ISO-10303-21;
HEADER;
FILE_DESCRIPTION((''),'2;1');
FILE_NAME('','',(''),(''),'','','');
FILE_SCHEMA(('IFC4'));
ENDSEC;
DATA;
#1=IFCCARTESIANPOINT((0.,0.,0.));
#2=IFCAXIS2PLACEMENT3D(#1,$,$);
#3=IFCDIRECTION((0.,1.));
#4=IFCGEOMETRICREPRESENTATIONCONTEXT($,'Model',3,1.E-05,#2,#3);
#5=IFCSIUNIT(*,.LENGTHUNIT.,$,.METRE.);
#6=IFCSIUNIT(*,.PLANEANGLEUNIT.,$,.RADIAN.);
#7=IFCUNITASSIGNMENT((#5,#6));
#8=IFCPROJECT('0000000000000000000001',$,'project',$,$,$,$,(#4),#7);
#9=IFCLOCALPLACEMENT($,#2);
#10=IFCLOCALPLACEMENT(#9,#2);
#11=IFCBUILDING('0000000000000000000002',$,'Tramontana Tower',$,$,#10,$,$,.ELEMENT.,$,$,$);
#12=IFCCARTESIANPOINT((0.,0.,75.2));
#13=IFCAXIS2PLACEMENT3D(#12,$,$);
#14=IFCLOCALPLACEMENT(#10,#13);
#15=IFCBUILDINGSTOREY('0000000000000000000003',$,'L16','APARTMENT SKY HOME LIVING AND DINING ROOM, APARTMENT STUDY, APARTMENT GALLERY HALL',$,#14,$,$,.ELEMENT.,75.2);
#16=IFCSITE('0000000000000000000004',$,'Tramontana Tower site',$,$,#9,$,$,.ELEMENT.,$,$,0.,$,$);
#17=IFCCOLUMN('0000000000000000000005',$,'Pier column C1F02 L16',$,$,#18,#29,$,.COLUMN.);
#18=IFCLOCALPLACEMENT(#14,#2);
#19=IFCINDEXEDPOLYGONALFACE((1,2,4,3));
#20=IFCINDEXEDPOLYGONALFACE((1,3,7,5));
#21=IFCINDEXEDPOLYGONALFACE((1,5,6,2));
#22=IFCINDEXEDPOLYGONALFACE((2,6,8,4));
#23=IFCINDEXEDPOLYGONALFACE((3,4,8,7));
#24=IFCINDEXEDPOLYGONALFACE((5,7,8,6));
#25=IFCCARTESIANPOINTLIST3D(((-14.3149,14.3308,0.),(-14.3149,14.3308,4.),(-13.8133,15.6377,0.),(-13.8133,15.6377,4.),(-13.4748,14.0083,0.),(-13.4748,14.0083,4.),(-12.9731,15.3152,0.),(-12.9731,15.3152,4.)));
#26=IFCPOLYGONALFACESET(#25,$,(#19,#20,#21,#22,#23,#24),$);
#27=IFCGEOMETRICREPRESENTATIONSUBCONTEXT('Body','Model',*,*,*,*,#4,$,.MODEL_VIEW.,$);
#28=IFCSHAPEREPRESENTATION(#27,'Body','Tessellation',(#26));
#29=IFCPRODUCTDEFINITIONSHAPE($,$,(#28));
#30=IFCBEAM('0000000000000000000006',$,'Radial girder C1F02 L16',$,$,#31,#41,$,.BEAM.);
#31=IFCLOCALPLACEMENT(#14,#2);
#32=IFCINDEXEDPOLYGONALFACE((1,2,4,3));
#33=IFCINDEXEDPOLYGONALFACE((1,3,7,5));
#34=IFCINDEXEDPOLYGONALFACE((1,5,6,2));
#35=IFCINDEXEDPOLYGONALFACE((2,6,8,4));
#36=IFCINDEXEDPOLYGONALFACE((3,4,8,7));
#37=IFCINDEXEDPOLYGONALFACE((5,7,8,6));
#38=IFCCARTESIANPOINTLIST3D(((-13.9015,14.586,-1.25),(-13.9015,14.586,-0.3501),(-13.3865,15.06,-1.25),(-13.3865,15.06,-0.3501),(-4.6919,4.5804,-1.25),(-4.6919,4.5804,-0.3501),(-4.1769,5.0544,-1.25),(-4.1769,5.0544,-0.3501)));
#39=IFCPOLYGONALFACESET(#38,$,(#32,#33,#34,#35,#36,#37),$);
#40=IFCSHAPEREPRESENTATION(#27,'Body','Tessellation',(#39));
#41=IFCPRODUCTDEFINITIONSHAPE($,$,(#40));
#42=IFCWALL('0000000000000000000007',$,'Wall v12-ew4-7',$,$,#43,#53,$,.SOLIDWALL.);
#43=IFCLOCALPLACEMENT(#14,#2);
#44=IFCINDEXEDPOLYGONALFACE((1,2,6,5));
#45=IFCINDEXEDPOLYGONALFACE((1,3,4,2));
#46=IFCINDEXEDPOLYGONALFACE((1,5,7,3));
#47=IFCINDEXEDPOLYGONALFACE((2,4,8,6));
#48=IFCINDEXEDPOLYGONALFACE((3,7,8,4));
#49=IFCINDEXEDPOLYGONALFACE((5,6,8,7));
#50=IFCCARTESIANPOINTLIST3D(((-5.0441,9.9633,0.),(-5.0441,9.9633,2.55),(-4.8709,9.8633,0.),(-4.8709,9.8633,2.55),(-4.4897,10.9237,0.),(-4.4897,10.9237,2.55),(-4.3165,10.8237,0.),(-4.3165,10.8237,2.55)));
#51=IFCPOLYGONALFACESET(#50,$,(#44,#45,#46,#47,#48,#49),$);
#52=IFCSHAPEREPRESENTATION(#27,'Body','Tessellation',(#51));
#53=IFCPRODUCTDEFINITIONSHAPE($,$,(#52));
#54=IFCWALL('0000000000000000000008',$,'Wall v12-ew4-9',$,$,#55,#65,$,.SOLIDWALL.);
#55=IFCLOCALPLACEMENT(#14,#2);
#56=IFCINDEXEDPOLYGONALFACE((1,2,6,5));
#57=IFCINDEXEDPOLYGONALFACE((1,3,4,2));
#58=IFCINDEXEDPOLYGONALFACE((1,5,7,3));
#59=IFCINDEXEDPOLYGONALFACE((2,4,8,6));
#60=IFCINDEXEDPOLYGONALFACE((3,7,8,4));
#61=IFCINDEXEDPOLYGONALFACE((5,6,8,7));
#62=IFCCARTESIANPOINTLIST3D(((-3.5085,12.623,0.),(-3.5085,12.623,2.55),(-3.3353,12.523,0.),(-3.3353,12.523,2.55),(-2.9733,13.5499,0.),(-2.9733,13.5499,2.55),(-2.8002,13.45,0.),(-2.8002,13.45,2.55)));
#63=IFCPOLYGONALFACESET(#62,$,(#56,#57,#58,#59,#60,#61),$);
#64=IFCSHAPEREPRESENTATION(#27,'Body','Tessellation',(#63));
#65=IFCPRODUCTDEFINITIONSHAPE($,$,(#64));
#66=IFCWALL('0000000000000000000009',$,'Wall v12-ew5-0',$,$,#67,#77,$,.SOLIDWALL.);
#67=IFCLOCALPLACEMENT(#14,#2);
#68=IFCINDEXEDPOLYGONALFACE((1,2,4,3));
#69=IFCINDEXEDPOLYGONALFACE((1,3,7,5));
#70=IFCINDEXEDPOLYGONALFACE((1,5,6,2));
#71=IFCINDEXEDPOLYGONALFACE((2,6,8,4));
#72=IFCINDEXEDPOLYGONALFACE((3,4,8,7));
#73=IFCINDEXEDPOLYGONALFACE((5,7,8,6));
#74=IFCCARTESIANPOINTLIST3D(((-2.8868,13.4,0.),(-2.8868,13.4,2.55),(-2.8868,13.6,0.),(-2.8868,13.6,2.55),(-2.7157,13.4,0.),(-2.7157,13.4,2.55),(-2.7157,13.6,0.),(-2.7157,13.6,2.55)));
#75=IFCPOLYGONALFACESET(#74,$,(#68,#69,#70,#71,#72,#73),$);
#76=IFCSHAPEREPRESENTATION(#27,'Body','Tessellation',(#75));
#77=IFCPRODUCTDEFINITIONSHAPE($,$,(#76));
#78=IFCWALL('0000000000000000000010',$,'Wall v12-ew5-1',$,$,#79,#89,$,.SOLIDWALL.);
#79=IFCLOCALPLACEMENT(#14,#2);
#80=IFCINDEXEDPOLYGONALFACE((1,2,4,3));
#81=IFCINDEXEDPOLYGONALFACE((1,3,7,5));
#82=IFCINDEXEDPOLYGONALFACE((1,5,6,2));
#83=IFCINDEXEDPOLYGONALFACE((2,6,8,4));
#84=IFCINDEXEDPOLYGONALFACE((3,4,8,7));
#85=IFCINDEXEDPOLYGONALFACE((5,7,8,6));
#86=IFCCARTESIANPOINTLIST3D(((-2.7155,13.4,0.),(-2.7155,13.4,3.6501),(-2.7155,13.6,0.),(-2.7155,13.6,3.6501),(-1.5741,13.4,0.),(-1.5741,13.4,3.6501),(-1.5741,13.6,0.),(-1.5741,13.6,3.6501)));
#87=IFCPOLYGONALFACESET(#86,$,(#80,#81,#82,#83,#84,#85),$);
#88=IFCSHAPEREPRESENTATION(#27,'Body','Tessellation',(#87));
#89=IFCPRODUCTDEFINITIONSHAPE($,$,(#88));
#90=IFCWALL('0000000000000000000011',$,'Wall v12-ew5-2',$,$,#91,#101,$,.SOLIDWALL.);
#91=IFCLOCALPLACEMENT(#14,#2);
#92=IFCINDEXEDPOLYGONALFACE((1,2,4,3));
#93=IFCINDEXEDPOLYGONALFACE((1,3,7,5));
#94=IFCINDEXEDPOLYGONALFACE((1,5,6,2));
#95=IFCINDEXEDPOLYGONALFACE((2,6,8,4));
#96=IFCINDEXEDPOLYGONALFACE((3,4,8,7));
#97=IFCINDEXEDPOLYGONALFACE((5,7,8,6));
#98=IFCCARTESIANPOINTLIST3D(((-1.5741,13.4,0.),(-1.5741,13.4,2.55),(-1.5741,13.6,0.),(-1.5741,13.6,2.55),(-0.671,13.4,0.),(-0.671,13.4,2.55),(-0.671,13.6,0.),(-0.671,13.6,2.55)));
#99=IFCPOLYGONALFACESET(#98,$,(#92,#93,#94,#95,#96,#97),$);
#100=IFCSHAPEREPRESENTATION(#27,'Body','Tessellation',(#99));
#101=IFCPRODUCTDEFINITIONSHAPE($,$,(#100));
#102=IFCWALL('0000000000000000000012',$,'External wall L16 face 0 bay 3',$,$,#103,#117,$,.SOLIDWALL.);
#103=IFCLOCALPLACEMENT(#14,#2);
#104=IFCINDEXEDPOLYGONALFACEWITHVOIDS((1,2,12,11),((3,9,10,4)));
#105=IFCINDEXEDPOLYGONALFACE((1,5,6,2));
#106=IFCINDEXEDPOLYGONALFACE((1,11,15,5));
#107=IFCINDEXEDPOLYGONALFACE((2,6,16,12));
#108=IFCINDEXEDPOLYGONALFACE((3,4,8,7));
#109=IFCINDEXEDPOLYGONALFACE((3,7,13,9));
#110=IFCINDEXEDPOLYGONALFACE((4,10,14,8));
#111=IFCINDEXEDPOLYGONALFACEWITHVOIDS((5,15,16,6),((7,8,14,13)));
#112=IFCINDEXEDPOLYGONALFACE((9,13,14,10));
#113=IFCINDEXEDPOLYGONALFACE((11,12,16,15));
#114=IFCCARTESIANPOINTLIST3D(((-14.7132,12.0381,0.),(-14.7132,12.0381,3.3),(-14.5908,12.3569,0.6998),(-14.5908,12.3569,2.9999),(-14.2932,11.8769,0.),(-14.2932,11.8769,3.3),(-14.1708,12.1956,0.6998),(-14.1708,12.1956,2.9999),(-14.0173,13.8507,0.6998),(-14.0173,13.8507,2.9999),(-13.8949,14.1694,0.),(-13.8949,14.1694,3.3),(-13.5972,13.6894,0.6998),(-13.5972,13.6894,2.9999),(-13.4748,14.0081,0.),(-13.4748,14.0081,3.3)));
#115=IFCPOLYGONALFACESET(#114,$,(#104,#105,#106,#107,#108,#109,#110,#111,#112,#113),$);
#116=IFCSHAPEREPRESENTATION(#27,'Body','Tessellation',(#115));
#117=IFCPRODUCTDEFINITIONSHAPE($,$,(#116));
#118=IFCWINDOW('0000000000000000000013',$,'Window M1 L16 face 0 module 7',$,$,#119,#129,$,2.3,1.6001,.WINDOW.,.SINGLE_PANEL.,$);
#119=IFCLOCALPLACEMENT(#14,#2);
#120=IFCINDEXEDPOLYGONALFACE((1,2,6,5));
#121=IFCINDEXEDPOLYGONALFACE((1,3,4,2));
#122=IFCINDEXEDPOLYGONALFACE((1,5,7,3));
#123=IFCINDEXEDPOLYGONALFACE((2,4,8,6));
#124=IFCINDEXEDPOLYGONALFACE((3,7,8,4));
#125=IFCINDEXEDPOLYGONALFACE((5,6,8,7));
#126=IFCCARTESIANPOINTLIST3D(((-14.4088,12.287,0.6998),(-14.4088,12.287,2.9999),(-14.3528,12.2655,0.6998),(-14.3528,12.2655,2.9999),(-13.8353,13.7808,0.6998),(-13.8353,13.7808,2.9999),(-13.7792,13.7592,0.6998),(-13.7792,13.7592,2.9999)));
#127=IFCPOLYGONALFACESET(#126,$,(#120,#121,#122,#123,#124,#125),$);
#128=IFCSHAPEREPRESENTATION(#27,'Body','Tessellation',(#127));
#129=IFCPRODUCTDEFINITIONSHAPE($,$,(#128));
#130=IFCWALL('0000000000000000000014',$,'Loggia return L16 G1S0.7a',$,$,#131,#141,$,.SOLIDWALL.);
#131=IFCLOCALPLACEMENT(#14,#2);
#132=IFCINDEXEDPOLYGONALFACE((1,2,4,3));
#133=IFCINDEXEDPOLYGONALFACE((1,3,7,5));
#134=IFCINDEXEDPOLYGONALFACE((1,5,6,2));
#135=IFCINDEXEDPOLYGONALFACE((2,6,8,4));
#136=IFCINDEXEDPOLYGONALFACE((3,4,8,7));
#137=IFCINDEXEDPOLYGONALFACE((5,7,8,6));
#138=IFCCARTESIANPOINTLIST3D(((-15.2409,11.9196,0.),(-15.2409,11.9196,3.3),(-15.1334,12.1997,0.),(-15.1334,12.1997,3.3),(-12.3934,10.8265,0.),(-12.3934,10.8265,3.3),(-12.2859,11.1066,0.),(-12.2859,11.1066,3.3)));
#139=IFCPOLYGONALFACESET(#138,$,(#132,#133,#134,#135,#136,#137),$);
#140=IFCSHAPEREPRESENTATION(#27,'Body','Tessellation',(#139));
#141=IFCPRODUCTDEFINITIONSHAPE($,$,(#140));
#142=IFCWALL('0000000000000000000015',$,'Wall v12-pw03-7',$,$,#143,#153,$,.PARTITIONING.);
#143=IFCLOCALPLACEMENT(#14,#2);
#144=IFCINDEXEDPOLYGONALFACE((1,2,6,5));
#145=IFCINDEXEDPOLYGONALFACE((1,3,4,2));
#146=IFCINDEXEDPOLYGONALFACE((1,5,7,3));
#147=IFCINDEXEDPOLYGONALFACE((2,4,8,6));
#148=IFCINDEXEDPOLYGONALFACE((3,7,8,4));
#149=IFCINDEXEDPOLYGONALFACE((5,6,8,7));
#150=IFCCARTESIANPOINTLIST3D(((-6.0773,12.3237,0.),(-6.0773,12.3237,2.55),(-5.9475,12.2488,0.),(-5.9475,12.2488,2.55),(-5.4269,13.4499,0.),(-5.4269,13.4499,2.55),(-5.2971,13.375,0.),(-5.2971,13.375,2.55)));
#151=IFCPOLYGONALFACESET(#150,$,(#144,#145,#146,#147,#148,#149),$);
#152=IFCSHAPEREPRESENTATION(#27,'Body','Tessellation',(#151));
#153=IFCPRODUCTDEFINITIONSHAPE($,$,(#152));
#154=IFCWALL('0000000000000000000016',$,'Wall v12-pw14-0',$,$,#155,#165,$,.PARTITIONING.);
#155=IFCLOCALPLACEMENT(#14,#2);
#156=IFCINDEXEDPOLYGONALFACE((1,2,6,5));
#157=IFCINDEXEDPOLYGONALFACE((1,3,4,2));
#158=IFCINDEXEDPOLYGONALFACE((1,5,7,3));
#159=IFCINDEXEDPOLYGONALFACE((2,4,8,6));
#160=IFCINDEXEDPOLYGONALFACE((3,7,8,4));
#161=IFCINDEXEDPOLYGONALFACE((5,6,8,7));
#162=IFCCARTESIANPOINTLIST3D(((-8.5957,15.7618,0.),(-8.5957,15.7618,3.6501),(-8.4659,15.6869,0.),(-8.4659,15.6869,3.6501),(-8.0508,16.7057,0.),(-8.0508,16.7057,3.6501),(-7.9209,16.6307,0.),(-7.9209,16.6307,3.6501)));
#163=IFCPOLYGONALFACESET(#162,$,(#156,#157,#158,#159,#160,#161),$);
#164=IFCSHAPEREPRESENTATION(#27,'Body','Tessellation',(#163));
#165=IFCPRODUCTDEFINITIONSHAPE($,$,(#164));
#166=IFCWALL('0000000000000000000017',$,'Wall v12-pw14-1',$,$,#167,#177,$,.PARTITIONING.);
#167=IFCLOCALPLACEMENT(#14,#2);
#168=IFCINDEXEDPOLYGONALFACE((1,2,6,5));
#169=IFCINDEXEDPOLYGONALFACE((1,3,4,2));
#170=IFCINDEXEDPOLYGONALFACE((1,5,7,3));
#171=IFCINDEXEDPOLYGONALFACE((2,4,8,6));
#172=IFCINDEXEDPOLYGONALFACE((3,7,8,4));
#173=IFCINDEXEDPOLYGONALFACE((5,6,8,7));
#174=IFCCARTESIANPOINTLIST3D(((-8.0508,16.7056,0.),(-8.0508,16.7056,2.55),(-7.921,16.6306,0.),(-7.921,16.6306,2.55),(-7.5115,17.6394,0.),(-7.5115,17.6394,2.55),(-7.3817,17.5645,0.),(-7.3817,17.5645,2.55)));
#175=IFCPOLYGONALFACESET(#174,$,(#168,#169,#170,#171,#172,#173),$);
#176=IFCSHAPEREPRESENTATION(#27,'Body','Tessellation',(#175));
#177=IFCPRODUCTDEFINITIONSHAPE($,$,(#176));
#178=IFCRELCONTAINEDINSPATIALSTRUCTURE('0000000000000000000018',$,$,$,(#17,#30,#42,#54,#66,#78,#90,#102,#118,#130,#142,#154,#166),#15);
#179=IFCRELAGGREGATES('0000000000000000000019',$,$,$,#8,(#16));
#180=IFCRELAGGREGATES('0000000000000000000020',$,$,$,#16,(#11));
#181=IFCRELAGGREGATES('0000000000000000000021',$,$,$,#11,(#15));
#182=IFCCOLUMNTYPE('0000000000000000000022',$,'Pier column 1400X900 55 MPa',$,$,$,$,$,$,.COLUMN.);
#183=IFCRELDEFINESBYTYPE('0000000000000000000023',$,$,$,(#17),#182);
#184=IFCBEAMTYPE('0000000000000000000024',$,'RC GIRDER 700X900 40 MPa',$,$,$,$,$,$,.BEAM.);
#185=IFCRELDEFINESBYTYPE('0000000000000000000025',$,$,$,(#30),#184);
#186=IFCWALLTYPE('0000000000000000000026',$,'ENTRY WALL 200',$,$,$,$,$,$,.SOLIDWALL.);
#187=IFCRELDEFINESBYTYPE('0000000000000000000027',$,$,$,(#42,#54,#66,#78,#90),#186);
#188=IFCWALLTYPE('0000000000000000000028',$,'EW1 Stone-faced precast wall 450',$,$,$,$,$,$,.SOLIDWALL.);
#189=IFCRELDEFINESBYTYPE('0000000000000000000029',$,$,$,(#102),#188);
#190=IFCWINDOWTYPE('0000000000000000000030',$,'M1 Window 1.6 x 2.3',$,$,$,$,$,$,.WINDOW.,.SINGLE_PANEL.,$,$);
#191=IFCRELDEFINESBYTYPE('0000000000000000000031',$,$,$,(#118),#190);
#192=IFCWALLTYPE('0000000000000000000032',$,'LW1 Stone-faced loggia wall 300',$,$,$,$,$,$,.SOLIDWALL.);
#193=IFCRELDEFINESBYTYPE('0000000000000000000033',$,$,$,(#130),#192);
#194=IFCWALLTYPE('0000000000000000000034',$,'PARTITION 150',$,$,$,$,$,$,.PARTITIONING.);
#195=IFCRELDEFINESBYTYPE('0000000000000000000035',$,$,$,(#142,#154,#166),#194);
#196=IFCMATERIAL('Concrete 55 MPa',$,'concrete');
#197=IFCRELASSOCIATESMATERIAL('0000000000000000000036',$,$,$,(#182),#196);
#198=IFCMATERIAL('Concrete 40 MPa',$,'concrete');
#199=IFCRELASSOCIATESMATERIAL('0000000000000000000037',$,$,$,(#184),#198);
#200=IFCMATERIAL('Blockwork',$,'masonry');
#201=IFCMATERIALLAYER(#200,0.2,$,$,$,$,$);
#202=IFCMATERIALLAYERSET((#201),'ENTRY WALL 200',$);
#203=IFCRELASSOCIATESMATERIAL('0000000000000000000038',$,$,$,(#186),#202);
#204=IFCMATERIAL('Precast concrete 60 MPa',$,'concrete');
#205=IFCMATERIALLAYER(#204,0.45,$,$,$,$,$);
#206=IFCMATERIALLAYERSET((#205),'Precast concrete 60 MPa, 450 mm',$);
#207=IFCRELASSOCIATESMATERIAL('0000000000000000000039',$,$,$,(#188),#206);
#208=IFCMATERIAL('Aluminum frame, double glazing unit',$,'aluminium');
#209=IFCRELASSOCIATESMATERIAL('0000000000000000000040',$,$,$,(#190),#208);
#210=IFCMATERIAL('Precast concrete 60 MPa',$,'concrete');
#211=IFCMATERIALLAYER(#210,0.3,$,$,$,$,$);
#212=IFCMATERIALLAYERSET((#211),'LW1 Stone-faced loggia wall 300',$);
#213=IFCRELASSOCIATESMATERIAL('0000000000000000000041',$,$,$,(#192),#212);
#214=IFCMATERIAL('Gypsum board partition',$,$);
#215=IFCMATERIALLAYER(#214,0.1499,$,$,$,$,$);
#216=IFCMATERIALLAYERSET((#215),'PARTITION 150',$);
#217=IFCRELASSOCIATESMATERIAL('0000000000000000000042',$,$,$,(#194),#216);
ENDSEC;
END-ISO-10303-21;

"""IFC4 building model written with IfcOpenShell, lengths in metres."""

from ifc_helpers import new_model, si_unit, direction, frame, frame_2d, origin, origin_2d, place, context, subcontext, project, spatial, rectangle, extrude, material, layer, layer_set, material_profile, profile_set, type_object, element, fill, save


model = new_model("IFC4")

# Units and contexts
model_context = context("Model", 3, precision=1e-05, world=origin(), true_north=direction((0.0, 1.0)))
body_context = subcontext(model_context, "Body", "Model", "MODEL_VIEW")
ifc_project = project(units=[si_unit("LENGTHUNIT", "METRE"), si_unit("PLANEANGLEUNIT", "RADIAN")], contexts=[model_context])

# Site, building, storey
site_placement = place(None, origin())
site = spatial("IfcSite", under=ifc_project, at=site_placement, Name="Tramontana Tower site", CompositionType="ELEMENT", RefElevation=0.0)
building_placement = place(site_placement, origin())
building = spatial("IfcBuilding", under=site, at=building_placement, Name="Tramontana Tower", CompositionType="ELEMENT")
storey_placement = place(building_placement, frame((0.0, 0.0, 75.2)))
storey = spatial("IfcBuildingStorey", under=building, at=storey_placement, Name="L16", Description="APARTMENT SKY HOME LIVING AND DINING ROOM, APARTMENT STUDY, APARTMENT GALLERY HALL", CompositionType="ELEMENT", Elevation=75.2)

# Column
ifc_material_1 = material(Name="Concrete 55 MPa", Category="concrete")
ifc_material_profile_1 = material_profile(ifc_material_1, rectangle(XDim=1.3999, YDim=0.8999, at=origin_2d()), Name="Pier column 1400X900 55 MPa")
ifc_profile_set_1 = profile_set([ifc_material_profile_1], Name="Concrete 55 MPa")
column_type = type_object("IfcColumnType", Name="Pier column 1400X900 55 MPa", PredefinedType="COLUMN", material=ifc_profile_set_1)
column_placement = place(storey_placement, frame((-13.644, 14.823, 0.0), z_axis=(0.0, 0.0, 1.0), x_axis=(-0.358368, -0.93358, 0.0)))
element("IfcColumn", 1, at=column_placement, inside=storey, type_object=column_type, Name="Pier column C1F02 L16", PredefinedType="COLUMN", context=body_context, shape_type="SweptSolid", body=[
    extrude(rectangle(XDim=1.3999, YDim=0.8999, at=origin_2d()), origin(), (0.0, 0.0, 1.0), 4.0),
])

# Beam
ifc_material_2 = material(Name="Concrete 40 MPa", Category="concrete")
ifc_material_profile_2 = material_profile(ifc_material_2, rectangle(XDim=0.7, YDim=0.8999, at=origin_2d()), Name="RC GIRDER 700X900 40 MPa")
ifc_profile_set_2 = profile_set([ifc_material_profile_2], Name="Concrete 40 MPa")
beam_type = type_object("IfcBeamType", Name="RC GIRDER 700X900 40 MPa", PredefinedType="BEAM", material=ifc_profile_set_2)
beam_placement = place(storey_placement, frame((-13.644, 14.823, -0.8), z_axis=(0.677238, -0.735764, 0.0), x_axis=(0.735764, 0.677238, 0.0)))
element("IfcBeam", 2, at=beam_placement, inside=storey, type_object=beam_type, Name="Radial girder C1F02 L16", PredefinedType="BEAM", context=body_context, shape_type="SweptSolid", body=[
    extrude(rectangle(XDim=0.7, YDim=0.8999, at=origin_2d()), origin(), (0.0, 0.0, 1.0), 13.5989),
])

# Wall
ifc_material_3 = material(Name="Blockwork", Category="masonry")
ifc_layer_1 = layer(ifc_material_3, 0.2)
ifc_layer_set_1 = layer_set([ifc_layer_1], Name="ENTRY WALL 200")
wall_type_1 = type_object("IfcWallType", Name="ENTRY WALL 200", PredefinedType="SOLIDWALL", material=ifc_layer_set_1)
wall_1_placement = place(storey_placement, frame((-4.9575, 9.9133, 0.0), z_axis=(0.0, 0.0, 1.0), x_axis=(0.499951, 0.866054, 0.0)))
element("IfcWall", 3, at=wall_1_placement, inside=storey, type_object=wall_type_1, Name="Wall v12-ew4-7", PredefinedType="SOLIDWALL", context=body_context, shape_type="SweptSolid", body=[
    extrude(rectangle(XDim=1.1089, YDim=0.2, at=frame_2d((0.5544, 0.0))), origin(), (0.0, 0.0, 1.0), 2.55),
])

# Walls
wall_2_placement = place(storey_placement, frame((-3.4219, 12.573, 0.0), z_axis=(0.0, 0.0, 1.0), x_axis=(0.499966, 0.866045, 0.0)))
element("IfcWall", 4, at=wall_2_placement, inside=storey, type_object=wall_type_1, Name="Wall v12-ew4-9", PredefinedType="SOLIDWALL", context=body_context, shape_type="SweptSolid", body=[
    extrude(rectangle(XDim=1.0703, YDim=0.2, at=frame_2d((0.5352, 0.0))), origin(), (0.0, 0.0, 1.0), 2.55),
])
wall_3_placement = place(storey_placement, frame((-2.8867, 13.5, 0.0), z_axis=(0.0, 0.0, 1.0), x_axis=(1.0, 0.0, 0.0)))
element("IfcWall", 5, at=wall_3_placement, inside=storey, type_object=wall_type_1, Name="Wall v12-ew5-0", PredefinedType="SOLIDWALL", context=body_context, shape_type="SweptSolid", body=[
    extrude(rectangle(XDim=0.1711, YDim=0.2, at=frame_2d((0.0854, 0.0))), origin(), (0.0, 0.0, 1.0), 2.55),
])
wall_4_placement = place(storey_placement, frame((-2.7156, 13.5, 0.0), z_axis=(0.0, 0.0, 1.0), x_axis=(1.0, 0.0, 0.0)))
element("IfcWall", 6, at=wall_4_placement, inside=storey, type_object=wall_type_1, Name="Wall v12-ew5-1", PredefinedType="SOLIDWALL", context=body_context, shape_type="SweptSolid", body=[
    extrude(rectangle(XDim=1.1414, YDim=0.2, at=frame_2d((0.5708, 0.0))), origin(), (0.0, 0.0, 1.0), 3.6501),
])
wall_5_placement = place(storey_placement, frame((-1.5742, 13.5, 0.0), z_axis=(0.0, 0.0, 1.0), x_axis=(1.0, 0.0, 0.0)))
element("IfcWall", 7, at=wall_5_placement, inside=storey, type_object=wall_type_1, Name="Wall v12-ew5-2", PredefinedType="SOLIDWALL", context=body_context, shape_type="SweptSolid", body=[
    extrude(rectangle(XDim=0.9031, YDim=0.2, at=frame_2d((0.4517, 0.0))), origin(), (0.0, 0.0, 1.0), 2.55),
])

# Wall, opening, window
ifc_material_4 = material(Name="Precast concrete 60 MPa", Category="concrete")
ifc_layer_2 = layer(ifc_material_4, 0.45)
ifc_layer_set_2 = layer_set([ifc_layer_2], Name="Precast concrete 60 MPa, 450 mm")
wall_type_2 = type_object("IfcWallType", Name="EW1 Stone-faced precast wall 450", PredefinedType="SOLIDWALL", material=ifc_layer_set_2)
wall_6_placement = place(storey_placement, frame((-13.6848, 14.0889, 0.0), z_axis=(0.0, 0.0, 1.0), x_axis=(-0.358449, -0.933549, 0.0)))
wall_6 = element("IfcWall", 8, at=wall_6_placement, inside=storey, type_object=wall_type_2, Name="External wall L16 face 0 bay 3", PredefinedType="SOLIDWALL", context=body_context, shape_type="SweptSolid", body=[
    extrude(rectangle(XDim=2.283, YDim=0.45, at=frame_2d((1.1416, 0.0))), origin(), (0.0, 0.0, 1.0), 3.3),
])
opening_1_placement = place(wall_6_placement, frame((0.3416, 0.0, 0.7)))
opening_1 = element("IfcOpeningElement", 9, at=opening_1_placement, cuts=wall_6, PredefinedType="OPENING", context=body_context, shape_type="SweptSolid", body=[
    extrude(rectangle(XDim=1.6001, YDim=2.3, at=frame_2d((0.8, 1.1499))), frame((0.0, 0.2349, 0.0), z_axis=(0.0, -1.0, 0.0), x_axis=(1.0, 0.0, 0.0)), (0.0, 0.0, 1.0), 0.47),
])
ifc_material_5 = material(Name="Aluminum frame, double glazing unit", Category="aluminium")
window_type = type_object("IfcWindowType", Name="M1 Window 1.6 x 2.3", PartitioningType="SINGLE_PANEL", PredefinedType="WINDOW", material=ifc_material_5)
window_placement = place(opening_1_placement, origin())
window = element("IfcWindow", 10, at=window_placement, inside=storey, type_object=window_type, Name="Window M1 L16 face 0 module 7", OverallHeight=2.3, OverallWidth=1.6001, PartitioningType="SINGLE_PANEL", PredefinedType="WINDOW", context=body_context, shape_type="SweptSolid", body=[
    extrude(rectangle(XDim=1.6001, YDim=2.3, at=frame_2d((0.8, 1.1499))), frame((0.0, 0.03, 0.0), z_axis=(0.0, -1.0, 0.0), x_axis=(1.0, 0.0, 0.0)), (0.0, 0.0, 1.0), 0.0601),
])
fill(opening_1, window)

# Shared definitions
ifc_material_6 = material(Name="Precast concrete 60 MPa", Category="concrete")
ifc_layer_3 = layer(ifc_material_6, 0.3)
ifc_layer_set_3 = layer_set([ifc_layer_3], Name="LW1 Stone-faced loggia wall 300")
wall_type_3 = type_object("IfcWallType", Name="LW1 Stone-faced loggia wall 300", PredefinedType="SOLIDWALL", material=ifc_layer_set_3)

# Walls
wall_7_placement = place(storey_placement, frame((-15.187, 12.0596, 0.0), z_axis=(0.0, 0.0, 1.0), x_axis=(0.933581, -0.358368, 0.0)))
element("IfcWall", 11, at=wall_7_placement, inside=storey, type_object=wall_type_3, Name="Loggia return L16 G1S0.7a", PredefinedType="SOLIDWALL", context=body_context, shape_type="SweptSolid", body=[
    extrude(rectangle(XDim=3.05, YDim=0.3, at=frame_2d((1.5249, 0.0))), origin(), (0.0, 0.0, 1.0), 3.3),
])
ifc_material_7 = material(Name="Gypsum board partition")
ifc_layer_4 = layer(ifc_material_7, 0.1499)
ifc_layer_set_4 = layer_set([ifc_layer_4], Name="PARTITION 150")
wall_type_4 = type_object("IfcWallType", Name="PARTITION 150", PredefinedType="PARTITIONING", material=ifc_layer_set_4)
wall_8_placement = place(storey_placement, frame((-6.0125, 12.2861, 0.0), z_axis=(0.0, 0.0, 1.0), x_axis=(0.500096, 0.86597, 0.0)))
element("IfcWall", 12, at=wall_8_placement, inside=storey, type_object=wall_type_4, Name="Wall v12-pw03-7", PredefinedType="PARTITIONING", context=body_context, shape_type="SweptSolid", body=[
    extrude(rectangle(XDim=1.3005, YDim=0.1499, at=frame_2d((0.6504, 0.0))), origin(), (0.0, 0.0, 1.0), 2.55),
])
wall_9_placement = place(storey_placement, frame((-8.5308, 15.7244, 0.0), z_axis=(0.0, 0.0, 1.0), x_axis=(0.499994, 0.866029, 0.0)))
element("IfcWall", 13, at=wall_9_placement, inside=storey, type_object=wall_type_4, Name="Wall v12-pw14-0", PredefinedType="PARTITIONING", context=body_context, shape_type="SweptSolid", body=[
    extrude(rectangle(XDim=1.0898, YDim=0.1499, at=frame_2d((0.5449, 0.0))), origin(), (0.0, 0.0, 1.0), 3.6501),
])
wall_10_placement = place(storey_placement, frame((-7.9858, 16.6682, 0.0), z_axis=(0.0, 0.0, 1.0), x_axis=(0.500108, 0.865963, 0.0)))
element("IfcWall", 14, at=wall_10_placement, inside=storey, type_object=wall_type_4, Name="Wall v12-pw14-1", PredefinedType="PARTITIONING", context=body_context, shape_type="SweptSolid", body=[
    extrude(rectangle(XDim=1.0784, YDim=0.1499, at=frame_2d((0.5391, 0.0))), origin(), (0.0, 0.0, 1.0), 2.55),
])

save(model, "model.ifc")
